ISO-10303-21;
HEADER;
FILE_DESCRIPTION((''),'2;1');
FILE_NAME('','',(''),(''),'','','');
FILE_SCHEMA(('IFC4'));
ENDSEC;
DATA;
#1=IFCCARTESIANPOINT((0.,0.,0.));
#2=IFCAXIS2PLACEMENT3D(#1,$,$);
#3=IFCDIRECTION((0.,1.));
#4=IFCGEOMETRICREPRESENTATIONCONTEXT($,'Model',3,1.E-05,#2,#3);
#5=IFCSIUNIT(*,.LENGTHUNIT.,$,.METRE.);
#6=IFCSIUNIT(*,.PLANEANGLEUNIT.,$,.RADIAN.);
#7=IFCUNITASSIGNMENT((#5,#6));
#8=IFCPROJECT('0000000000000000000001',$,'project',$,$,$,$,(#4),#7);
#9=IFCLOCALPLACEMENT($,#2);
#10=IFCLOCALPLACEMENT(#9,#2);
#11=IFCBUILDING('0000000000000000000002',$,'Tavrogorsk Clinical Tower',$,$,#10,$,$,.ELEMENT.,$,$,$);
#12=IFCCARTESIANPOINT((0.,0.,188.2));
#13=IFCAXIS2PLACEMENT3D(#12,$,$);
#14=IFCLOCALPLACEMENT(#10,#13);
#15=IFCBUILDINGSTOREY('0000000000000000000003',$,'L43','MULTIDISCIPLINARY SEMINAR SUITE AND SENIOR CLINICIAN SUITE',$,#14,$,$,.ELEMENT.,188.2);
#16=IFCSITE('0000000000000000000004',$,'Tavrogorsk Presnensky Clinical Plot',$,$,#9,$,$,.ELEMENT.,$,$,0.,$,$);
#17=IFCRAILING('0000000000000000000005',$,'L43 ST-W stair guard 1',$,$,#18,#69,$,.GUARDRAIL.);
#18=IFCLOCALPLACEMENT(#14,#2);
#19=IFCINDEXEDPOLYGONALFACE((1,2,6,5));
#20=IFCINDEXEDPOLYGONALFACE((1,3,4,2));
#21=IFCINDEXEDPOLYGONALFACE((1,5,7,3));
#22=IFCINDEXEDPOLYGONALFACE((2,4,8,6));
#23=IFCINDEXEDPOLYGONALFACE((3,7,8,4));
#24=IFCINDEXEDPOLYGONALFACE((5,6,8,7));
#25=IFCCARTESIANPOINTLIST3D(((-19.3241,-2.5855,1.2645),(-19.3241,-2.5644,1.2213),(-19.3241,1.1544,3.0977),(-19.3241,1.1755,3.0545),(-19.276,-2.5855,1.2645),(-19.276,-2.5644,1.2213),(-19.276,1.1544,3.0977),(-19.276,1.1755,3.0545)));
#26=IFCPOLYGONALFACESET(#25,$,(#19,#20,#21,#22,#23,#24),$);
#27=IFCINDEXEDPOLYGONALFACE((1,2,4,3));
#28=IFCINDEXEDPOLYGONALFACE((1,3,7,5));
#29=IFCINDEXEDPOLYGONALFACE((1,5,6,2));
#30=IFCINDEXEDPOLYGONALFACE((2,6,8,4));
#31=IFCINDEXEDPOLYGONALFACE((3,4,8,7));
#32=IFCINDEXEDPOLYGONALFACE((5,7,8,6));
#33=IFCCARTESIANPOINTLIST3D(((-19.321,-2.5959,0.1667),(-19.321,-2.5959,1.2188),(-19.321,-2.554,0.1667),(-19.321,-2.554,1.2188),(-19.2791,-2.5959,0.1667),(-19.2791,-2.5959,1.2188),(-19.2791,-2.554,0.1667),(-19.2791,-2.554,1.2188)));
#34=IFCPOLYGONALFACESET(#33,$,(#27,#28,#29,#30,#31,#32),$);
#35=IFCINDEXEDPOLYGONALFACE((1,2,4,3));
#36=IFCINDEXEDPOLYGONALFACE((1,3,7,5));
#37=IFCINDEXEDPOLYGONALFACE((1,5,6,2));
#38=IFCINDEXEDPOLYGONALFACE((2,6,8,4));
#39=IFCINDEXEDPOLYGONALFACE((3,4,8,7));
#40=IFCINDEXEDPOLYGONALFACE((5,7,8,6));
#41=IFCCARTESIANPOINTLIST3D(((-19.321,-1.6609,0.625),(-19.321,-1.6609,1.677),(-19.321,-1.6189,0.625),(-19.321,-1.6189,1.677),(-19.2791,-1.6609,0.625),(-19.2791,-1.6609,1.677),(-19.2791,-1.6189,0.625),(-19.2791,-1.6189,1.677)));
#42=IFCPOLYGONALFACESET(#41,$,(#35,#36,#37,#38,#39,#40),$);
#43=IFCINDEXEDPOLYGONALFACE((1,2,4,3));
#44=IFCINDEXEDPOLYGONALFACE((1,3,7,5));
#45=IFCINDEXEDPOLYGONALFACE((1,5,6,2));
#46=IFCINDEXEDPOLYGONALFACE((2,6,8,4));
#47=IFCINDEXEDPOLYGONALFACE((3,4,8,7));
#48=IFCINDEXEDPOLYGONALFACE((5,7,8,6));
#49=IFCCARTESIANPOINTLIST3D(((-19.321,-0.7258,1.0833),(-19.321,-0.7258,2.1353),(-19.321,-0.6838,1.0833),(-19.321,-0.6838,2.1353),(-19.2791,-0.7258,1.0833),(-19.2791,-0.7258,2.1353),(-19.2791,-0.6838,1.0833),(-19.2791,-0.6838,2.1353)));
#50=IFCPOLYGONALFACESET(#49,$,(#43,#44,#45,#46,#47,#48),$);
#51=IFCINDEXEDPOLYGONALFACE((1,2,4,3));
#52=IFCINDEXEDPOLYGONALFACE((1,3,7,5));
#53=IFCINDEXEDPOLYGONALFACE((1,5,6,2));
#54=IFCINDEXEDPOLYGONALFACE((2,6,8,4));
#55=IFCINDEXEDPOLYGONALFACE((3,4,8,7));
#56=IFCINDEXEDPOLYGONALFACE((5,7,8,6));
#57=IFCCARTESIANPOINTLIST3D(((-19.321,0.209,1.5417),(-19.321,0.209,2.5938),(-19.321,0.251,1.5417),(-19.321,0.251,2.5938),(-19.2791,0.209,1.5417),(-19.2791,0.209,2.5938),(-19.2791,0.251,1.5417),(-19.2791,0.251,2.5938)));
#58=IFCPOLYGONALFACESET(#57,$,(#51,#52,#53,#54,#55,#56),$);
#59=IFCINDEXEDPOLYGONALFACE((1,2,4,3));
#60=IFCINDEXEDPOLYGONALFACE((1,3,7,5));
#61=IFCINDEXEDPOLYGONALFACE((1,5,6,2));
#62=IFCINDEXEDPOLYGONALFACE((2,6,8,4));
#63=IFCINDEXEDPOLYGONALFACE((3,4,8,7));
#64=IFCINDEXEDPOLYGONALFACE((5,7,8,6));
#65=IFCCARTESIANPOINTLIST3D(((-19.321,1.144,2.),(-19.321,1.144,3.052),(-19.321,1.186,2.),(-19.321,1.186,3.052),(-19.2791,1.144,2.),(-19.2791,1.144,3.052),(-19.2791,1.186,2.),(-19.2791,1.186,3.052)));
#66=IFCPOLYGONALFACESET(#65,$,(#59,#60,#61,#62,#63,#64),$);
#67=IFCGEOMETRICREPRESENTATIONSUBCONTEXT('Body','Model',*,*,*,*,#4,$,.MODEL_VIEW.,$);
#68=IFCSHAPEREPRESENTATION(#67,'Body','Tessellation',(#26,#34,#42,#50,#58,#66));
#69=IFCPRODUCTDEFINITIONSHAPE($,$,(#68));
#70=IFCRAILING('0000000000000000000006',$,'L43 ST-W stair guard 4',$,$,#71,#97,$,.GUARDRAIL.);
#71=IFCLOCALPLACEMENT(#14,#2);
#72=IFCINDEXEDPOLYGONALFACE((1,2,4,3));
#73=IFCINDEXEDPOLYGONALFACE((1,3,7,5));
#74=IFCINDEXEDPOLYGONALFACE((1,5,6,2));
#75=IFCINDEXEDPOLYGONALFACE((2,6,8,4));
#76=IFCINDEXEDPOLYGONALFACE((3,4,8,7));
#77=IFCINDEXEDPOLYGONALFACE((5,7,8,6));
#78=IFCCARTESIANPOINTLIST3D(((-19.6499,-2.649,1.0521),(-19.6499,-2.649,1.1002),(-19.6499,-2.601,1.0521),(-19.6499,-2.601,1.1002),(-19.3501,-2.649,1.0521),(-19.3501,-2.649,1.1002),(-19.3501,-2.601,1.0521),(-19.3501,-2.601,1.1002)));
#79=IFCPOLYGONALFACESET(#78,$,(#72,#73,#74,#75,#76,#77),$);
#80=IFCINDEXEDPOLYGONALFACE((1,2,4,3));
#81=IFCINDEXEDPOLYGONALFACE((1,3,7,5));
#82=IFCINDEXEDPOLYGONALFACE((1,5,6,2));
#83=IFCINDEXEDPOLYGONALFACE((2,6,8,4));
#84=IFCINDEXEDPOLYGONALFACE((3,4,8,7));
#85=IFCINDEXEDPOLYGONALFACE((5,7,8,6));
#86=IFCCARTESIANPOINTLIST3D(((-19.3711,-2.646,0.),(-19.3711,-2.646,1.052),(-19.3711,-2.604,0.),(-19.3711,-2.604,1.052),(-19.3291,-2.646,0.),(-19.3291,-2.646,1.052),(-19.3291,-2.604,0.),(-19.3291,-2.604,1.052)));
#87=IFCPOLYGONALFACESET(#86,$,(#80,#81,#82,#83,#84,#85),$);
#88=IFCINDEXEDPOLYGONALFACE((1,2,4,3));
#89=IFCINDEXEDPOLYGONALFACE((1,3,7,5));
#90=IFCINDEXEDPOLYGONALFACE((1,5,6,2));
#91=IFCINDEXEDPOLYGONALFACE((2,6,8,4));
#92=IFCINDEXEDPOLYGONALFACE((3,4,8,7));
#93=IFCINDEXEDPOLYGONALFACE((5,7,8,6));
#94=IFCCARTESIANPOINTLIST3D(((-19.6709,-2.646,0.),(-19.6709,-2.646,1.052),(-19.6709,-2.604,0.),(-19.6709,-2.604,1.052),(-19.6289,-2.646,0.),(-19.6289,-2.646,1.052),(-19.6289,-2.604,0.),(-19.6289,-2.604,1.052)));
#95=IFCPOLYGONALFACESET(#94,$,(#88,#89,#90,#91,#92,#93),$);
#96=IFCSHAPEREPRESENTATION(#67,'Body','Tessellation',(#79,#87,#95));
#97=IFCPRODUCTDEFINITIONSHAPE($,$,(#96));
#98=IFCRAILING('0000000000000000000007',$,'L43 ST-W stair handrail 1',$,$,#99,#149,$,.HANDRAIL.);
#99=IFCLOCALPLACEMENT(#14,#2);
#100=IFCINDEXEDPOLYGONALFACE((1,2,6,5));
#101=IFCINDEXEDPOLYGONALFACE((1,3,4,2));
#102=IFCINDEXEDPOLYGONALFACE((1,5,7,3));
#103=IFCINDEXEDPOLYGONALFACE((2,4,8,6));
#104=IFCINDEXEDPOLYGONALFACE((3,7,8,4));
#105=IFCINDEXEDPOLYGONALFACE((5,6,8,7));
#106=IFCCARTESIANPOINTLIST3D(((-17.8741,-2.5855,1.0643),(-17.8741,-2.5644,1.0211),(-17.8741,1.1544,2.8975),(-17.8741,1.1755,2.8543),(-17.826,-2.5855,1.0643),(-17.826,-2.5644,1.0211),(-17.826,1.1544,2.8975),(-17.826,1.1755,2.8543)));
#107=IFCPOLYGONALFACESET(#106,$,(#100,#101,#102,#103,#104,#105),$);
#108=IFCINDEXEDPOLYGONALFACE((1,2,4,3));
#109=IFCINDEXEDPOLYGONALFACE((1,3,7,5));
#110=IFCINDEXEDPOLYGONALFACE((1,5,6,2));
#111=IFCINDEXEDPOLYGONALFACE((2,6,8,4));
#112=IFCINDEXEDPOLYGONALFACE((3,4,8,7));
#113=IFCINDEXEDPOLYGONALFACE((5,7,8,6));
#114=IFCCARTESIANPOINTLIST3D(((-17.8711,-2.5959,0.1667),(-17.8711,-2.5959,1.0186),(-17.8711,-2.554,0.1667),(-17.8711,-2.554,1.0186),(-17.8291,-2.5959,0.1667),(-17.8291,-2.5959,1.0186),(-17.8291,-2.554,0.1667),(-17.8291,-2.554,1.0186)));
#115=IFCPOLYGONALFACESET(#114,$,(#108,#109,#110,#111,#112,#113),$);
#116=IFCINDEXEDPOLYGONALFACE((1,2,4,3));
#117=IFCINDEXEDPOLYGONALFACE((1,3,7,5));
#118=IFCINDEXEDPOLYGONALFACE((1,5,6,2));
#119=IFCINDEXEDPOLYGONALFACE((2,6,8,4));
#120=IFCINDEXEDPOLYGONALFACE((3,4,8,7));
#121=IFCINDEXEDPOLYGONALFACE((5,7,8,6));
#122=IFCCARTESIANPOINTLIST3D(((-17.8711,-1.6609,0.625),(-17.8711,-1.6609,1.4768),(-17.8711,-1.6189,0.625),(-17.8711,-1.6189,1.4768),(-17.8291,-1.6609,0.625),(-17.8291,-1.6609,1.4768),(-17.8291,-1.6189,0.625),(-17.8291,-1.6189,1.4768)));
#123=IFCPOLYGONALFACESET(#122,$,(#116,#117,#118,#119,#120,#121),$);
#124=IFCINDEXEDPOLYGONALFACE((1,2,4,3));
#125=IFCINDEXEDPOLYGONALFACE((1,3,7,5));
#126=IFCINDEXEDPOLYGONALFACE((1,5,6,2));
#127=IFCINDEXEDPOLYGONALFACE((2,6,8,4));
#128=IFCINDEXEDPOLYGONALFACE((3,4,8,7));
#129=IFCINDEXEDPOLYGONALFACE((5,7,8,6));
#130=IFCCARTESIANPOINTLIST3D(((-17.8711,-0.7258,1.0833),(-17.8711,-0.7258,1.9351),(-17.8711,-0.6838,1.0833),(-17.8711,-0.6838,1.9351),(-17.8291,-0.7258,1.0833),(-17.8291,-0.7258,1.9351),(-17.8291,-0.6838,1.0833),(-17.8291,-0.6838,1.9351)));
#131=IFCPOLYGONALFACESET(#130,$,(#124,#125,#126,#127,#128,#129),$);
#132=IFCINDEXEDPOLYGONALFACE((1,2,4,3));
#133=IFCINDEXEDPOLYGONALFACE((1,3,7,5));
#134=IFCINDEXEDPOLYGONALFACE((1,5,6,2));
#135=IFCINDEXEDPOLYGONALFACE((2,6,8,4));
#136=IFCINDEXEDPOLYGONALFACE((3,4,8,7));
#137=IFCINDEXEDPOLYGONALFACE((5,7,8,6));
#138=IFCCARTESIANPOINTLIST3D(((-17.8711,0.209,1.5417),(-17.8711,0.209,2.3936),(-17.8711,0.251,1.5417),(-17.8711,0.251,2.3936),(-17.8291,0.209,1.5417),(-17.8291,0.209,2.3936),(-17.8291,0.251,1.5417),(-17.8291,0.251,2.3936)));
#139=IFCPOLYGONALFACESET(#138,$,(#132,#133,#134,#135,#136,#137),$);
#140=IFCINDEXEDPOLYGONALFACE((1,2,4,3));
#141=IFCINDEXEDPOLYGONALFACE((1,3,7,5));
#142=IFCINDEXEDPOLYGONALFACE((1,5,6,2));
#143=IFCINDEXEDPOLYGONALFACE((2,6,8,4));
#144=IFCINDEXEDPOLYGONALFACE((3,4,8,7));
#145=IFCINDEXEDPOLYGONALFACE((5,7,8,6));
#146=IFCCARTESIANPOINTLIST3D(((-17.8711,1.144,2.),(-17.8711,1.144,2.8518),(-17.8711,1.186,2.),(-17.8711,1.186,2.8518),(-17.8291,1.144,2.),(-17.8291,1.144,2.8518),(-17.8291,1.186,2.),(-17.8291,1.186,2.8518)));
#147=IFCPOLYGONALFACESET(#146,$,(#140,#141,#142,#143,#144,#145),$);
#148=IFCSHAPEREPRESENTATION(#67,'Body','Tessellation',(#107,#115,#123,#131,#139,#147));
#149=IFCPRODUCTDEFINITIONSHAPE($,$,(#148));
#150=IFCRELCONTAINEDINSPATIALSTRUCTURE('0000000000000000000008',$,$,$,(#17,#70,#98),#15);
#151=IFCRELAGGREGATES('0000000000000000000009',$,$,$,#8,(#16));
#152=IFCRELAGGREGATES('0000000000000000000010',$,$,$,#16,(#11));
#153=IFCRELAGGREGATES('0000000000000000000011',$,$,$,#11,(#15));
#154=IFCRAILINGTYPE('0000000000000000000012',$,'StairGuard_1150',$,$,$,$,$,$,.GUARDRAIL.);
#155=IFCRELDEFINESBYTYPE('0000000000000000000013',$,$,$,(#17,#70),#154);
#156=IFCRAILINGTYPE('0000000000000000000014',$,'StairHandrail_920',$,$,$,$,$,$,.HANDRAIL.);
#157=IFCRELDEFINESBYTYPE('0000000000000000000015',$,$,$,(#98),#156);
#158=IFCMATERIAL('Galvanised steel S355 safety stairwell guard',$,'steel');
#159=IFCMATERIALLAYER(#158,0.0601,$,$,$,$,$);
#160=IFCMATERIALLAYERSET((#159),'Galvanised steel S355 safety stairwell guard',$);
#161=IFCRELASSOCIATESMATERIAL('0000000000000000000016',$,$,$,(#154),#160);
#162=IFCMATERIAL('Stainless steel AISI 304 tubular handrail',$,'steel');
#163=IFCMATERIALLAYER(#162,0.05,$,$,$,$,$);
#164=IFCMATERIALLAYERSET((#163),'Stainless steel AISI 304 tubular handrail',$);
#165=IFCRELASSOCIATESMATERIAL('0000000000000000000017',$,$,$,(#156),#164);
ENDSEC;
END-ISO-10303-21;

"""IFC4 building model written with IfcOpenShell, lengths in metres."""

from ifc_helpers import new_model, si_unit, direction, frame, origin, origin_2d, place, context, subcontext, project, spatial, rectangle, extrude, material, layer, layer_set, type_object, element, save


model = new_model("IFC4")

# Units and contexts
model_context = context("Model", 3, precision=1e-05, world=origin(), true_north=direction((0.0, 1.0)))
body_context = subcontext(model_context, "Body", "Model", "MODEL_VIEW")
ifc_project = project(units=[si_unit("LENGTHUNIT", "METRE"), si_unit("PLANEANGLEUNIT", "RADIAN")], contexts=[model_context])

# Site, building, storey
site_placement = place(None, origin())
site = spatial("IfcSite", under=ifc_project, at=site_placement, Name="Tavrogorsk Presnensky Clinical Plot", CompositionType="ELEMENT", RefElevation=0.0)
building_placement = place(site_placement, origin())
building = spatial("IfcBuilding", under=site, at=building_placement, Name="Tavrogorsk Clinical Tower", CompositionType="ELEMENT")
storey_placement = place(building_placement, frame((0.0, 0.0, 188.2)))
storey = spatial("IfcBuildingStorey", under=building, at=storey_placement, Name="L43", Description="MULTIDISCIPLINARY SEMINAR SUITE AND SENIOR CLINICIAN SUITE", CompositionType="ELEMENT", Elevation=188.2)

# Railings
ifc_material_1 = material(Name="Galvanised steel S355 safety stairwell guard", Category="steel")
ifc_layer_1 = layer(ifc_material_1, 0.0601)
ifc_layer_set_1 = layer_set([ifc_layer_1], Name="Galvanised steel S355 safety stairwell guard")
railing_type_1 = type_object("IfcRailingType", Name="StairGuard_1150", PredefinedType="GUARDRAIL", material=ifc_layer_set_1)
railing_1_placement = place(storey_placement, frame((-19.3, -2.575, 0.1667)))
element("IfcRailing", 1, at=railing_1_placement, inside=storey, type_object=railing_type_1, Name="L43 ST-W stair guard 1", PredefinedType="GUARDRAIL", context=body_context, shape_type="SweptSolid", body=[
    extrude(rectangle(XDim=0.0481, YDim=0.0481, at=origin_2d()), frame((0.0, 0.0, 1.0762), z_axis=(0.0, 0.897928, 0.440142), x_axis=(-1.0, 0.0, 0.0)), (0.0, 0.0, 1.0), 4.165),
    extrude(rectangle(XDim=0.042, YDim=0.042, at=origin_2d()), origin(), (0.0, 0.0, 1.0), 1.052),
    extrude(rectangle(XDim=0.042, YDim=0.042, at=origin_2d()), frame((0.0, 0.9351, 0.4583)), (0.0, 0.0, 1.0), 1.052),
    extrude(rectangle(XDim=0.042, YDim=0.042, at=origin_2d()), frame((0.0, 1.8701, 0.9165)), (0.0, 0.0, 1.0), 1.052),
    extrude(rectangle(XDim=0.042, YDim=0.042, at=origin_2d()), frame((0.0, 2.8049, 1.375)), (0.0, 0.0, 1.0), 1.052),
    extrude(rectangle(XDim=0.042, YDim=0.042, at=origin_2d()), frame((0.0, 3.74, 1.8333)), (0.0, 0.0, 1.0), 1.052),
])
railing_2_placement = place(storey_placement, frame((-19.3501, -2.625, 0.0)))
element("IfcRailing", 2, at=railing_2_placement, inside=storey, type_object=railing_type_1, Name="L43 ST-W stair guard 4", PredefinedType="GUARDRAIL", context=body_context, shape_type="SweptSolid", body=[
    extrude(rectangle(XDim=0.0481, YDim=0.0481, at=origin_2d()), frame((0.0, 0.0, 1.0762), z_axis=(-1.0, 0.0, 0.0), x_axis=(0.0, -1.0, 0.0)), (0.0, 0.0, 1.0), 0.2998),
    extrude(rectangle(XDim=0.042, YDim=0.042, at=origin_2d()), origin(), (0.0, 0.0, 1.0), 1.052),
    extrude(rectangle(XDim=0.042, YDim=0.042, at=origin_2d()), frame((-0.2998, 0.0, 0.0)), (0.0, 0.0, 1.0), 1.052),
])
ifc_material_2 = material(Name="Stainless steel AISI 304 tubular handrail", Category="steel")
ifc_layer_2 = layer(ifc_material_2, 0.05)
ifc_layer_set_2 = layer_set([ifc_layer_2], Name="Stainless steel AISI 304 tubular handrail")
railing_type_2 = type_object("IfcRailingType", Name="StairHandrail_920", PredefinedType="HANDRAIL", material=ifc_layer_set_2)
railing_3_placement = place(storey_placement, frame((-17.8501, -2.575, 0.1667)))
element("IfcRailing", 3, at=railing_3_placement, inside=storey, type_object=railing_type_2, Name="L43 ST-W stair handrail 1", PredefinedType="HANDRAIL", context=body_context, shape_type="SweptSolid", body=[
    extrude(rectangle(XDim=0.0481, YDim=0.0481, at=origin_2d()), frame((0.0, 0.0, 0.876), z_axis=(0.0, 0.897928, 0.440142), x_axis=(-1.0, 0.0, 0.0)), (0.0, 0.0, 1.0), 4.165),
    extrude(rectangle(XDim=0.042, YDim=0.042, at=origin_2d()), origin(), (0.0, 0.0, 1.0), 0.8518),
    extrude(rectangle(XDim=0.042, YDim=0.042, at=origin_2d()), frame((0.0, 0.9351, 0.4583)), (0.0, 0.0, 1.0), 0.8518),
    extrude(rectangle(XDim=0.042, YDim=0.042, at=origin_2d()), frame((0.0, 1.8701, 0.9165)), (0.0, 0.0, 1.0), 0.8518),
    extrude(rectangle(XDim=0.042, YDim=0.042, at=origin_2d()), frame((0.0, 2.8049, 1.375)), (0.0, 0.0, 1.0), 0.8518),
    extrude(rectangle(XDim=0.042, YDim=0.042, at=origin_2d()), frame((0.0, 3.74, 1.8333)), (0.0, 0.0, 1.0), 0.8518),
])

save(model, "model.ifc")
